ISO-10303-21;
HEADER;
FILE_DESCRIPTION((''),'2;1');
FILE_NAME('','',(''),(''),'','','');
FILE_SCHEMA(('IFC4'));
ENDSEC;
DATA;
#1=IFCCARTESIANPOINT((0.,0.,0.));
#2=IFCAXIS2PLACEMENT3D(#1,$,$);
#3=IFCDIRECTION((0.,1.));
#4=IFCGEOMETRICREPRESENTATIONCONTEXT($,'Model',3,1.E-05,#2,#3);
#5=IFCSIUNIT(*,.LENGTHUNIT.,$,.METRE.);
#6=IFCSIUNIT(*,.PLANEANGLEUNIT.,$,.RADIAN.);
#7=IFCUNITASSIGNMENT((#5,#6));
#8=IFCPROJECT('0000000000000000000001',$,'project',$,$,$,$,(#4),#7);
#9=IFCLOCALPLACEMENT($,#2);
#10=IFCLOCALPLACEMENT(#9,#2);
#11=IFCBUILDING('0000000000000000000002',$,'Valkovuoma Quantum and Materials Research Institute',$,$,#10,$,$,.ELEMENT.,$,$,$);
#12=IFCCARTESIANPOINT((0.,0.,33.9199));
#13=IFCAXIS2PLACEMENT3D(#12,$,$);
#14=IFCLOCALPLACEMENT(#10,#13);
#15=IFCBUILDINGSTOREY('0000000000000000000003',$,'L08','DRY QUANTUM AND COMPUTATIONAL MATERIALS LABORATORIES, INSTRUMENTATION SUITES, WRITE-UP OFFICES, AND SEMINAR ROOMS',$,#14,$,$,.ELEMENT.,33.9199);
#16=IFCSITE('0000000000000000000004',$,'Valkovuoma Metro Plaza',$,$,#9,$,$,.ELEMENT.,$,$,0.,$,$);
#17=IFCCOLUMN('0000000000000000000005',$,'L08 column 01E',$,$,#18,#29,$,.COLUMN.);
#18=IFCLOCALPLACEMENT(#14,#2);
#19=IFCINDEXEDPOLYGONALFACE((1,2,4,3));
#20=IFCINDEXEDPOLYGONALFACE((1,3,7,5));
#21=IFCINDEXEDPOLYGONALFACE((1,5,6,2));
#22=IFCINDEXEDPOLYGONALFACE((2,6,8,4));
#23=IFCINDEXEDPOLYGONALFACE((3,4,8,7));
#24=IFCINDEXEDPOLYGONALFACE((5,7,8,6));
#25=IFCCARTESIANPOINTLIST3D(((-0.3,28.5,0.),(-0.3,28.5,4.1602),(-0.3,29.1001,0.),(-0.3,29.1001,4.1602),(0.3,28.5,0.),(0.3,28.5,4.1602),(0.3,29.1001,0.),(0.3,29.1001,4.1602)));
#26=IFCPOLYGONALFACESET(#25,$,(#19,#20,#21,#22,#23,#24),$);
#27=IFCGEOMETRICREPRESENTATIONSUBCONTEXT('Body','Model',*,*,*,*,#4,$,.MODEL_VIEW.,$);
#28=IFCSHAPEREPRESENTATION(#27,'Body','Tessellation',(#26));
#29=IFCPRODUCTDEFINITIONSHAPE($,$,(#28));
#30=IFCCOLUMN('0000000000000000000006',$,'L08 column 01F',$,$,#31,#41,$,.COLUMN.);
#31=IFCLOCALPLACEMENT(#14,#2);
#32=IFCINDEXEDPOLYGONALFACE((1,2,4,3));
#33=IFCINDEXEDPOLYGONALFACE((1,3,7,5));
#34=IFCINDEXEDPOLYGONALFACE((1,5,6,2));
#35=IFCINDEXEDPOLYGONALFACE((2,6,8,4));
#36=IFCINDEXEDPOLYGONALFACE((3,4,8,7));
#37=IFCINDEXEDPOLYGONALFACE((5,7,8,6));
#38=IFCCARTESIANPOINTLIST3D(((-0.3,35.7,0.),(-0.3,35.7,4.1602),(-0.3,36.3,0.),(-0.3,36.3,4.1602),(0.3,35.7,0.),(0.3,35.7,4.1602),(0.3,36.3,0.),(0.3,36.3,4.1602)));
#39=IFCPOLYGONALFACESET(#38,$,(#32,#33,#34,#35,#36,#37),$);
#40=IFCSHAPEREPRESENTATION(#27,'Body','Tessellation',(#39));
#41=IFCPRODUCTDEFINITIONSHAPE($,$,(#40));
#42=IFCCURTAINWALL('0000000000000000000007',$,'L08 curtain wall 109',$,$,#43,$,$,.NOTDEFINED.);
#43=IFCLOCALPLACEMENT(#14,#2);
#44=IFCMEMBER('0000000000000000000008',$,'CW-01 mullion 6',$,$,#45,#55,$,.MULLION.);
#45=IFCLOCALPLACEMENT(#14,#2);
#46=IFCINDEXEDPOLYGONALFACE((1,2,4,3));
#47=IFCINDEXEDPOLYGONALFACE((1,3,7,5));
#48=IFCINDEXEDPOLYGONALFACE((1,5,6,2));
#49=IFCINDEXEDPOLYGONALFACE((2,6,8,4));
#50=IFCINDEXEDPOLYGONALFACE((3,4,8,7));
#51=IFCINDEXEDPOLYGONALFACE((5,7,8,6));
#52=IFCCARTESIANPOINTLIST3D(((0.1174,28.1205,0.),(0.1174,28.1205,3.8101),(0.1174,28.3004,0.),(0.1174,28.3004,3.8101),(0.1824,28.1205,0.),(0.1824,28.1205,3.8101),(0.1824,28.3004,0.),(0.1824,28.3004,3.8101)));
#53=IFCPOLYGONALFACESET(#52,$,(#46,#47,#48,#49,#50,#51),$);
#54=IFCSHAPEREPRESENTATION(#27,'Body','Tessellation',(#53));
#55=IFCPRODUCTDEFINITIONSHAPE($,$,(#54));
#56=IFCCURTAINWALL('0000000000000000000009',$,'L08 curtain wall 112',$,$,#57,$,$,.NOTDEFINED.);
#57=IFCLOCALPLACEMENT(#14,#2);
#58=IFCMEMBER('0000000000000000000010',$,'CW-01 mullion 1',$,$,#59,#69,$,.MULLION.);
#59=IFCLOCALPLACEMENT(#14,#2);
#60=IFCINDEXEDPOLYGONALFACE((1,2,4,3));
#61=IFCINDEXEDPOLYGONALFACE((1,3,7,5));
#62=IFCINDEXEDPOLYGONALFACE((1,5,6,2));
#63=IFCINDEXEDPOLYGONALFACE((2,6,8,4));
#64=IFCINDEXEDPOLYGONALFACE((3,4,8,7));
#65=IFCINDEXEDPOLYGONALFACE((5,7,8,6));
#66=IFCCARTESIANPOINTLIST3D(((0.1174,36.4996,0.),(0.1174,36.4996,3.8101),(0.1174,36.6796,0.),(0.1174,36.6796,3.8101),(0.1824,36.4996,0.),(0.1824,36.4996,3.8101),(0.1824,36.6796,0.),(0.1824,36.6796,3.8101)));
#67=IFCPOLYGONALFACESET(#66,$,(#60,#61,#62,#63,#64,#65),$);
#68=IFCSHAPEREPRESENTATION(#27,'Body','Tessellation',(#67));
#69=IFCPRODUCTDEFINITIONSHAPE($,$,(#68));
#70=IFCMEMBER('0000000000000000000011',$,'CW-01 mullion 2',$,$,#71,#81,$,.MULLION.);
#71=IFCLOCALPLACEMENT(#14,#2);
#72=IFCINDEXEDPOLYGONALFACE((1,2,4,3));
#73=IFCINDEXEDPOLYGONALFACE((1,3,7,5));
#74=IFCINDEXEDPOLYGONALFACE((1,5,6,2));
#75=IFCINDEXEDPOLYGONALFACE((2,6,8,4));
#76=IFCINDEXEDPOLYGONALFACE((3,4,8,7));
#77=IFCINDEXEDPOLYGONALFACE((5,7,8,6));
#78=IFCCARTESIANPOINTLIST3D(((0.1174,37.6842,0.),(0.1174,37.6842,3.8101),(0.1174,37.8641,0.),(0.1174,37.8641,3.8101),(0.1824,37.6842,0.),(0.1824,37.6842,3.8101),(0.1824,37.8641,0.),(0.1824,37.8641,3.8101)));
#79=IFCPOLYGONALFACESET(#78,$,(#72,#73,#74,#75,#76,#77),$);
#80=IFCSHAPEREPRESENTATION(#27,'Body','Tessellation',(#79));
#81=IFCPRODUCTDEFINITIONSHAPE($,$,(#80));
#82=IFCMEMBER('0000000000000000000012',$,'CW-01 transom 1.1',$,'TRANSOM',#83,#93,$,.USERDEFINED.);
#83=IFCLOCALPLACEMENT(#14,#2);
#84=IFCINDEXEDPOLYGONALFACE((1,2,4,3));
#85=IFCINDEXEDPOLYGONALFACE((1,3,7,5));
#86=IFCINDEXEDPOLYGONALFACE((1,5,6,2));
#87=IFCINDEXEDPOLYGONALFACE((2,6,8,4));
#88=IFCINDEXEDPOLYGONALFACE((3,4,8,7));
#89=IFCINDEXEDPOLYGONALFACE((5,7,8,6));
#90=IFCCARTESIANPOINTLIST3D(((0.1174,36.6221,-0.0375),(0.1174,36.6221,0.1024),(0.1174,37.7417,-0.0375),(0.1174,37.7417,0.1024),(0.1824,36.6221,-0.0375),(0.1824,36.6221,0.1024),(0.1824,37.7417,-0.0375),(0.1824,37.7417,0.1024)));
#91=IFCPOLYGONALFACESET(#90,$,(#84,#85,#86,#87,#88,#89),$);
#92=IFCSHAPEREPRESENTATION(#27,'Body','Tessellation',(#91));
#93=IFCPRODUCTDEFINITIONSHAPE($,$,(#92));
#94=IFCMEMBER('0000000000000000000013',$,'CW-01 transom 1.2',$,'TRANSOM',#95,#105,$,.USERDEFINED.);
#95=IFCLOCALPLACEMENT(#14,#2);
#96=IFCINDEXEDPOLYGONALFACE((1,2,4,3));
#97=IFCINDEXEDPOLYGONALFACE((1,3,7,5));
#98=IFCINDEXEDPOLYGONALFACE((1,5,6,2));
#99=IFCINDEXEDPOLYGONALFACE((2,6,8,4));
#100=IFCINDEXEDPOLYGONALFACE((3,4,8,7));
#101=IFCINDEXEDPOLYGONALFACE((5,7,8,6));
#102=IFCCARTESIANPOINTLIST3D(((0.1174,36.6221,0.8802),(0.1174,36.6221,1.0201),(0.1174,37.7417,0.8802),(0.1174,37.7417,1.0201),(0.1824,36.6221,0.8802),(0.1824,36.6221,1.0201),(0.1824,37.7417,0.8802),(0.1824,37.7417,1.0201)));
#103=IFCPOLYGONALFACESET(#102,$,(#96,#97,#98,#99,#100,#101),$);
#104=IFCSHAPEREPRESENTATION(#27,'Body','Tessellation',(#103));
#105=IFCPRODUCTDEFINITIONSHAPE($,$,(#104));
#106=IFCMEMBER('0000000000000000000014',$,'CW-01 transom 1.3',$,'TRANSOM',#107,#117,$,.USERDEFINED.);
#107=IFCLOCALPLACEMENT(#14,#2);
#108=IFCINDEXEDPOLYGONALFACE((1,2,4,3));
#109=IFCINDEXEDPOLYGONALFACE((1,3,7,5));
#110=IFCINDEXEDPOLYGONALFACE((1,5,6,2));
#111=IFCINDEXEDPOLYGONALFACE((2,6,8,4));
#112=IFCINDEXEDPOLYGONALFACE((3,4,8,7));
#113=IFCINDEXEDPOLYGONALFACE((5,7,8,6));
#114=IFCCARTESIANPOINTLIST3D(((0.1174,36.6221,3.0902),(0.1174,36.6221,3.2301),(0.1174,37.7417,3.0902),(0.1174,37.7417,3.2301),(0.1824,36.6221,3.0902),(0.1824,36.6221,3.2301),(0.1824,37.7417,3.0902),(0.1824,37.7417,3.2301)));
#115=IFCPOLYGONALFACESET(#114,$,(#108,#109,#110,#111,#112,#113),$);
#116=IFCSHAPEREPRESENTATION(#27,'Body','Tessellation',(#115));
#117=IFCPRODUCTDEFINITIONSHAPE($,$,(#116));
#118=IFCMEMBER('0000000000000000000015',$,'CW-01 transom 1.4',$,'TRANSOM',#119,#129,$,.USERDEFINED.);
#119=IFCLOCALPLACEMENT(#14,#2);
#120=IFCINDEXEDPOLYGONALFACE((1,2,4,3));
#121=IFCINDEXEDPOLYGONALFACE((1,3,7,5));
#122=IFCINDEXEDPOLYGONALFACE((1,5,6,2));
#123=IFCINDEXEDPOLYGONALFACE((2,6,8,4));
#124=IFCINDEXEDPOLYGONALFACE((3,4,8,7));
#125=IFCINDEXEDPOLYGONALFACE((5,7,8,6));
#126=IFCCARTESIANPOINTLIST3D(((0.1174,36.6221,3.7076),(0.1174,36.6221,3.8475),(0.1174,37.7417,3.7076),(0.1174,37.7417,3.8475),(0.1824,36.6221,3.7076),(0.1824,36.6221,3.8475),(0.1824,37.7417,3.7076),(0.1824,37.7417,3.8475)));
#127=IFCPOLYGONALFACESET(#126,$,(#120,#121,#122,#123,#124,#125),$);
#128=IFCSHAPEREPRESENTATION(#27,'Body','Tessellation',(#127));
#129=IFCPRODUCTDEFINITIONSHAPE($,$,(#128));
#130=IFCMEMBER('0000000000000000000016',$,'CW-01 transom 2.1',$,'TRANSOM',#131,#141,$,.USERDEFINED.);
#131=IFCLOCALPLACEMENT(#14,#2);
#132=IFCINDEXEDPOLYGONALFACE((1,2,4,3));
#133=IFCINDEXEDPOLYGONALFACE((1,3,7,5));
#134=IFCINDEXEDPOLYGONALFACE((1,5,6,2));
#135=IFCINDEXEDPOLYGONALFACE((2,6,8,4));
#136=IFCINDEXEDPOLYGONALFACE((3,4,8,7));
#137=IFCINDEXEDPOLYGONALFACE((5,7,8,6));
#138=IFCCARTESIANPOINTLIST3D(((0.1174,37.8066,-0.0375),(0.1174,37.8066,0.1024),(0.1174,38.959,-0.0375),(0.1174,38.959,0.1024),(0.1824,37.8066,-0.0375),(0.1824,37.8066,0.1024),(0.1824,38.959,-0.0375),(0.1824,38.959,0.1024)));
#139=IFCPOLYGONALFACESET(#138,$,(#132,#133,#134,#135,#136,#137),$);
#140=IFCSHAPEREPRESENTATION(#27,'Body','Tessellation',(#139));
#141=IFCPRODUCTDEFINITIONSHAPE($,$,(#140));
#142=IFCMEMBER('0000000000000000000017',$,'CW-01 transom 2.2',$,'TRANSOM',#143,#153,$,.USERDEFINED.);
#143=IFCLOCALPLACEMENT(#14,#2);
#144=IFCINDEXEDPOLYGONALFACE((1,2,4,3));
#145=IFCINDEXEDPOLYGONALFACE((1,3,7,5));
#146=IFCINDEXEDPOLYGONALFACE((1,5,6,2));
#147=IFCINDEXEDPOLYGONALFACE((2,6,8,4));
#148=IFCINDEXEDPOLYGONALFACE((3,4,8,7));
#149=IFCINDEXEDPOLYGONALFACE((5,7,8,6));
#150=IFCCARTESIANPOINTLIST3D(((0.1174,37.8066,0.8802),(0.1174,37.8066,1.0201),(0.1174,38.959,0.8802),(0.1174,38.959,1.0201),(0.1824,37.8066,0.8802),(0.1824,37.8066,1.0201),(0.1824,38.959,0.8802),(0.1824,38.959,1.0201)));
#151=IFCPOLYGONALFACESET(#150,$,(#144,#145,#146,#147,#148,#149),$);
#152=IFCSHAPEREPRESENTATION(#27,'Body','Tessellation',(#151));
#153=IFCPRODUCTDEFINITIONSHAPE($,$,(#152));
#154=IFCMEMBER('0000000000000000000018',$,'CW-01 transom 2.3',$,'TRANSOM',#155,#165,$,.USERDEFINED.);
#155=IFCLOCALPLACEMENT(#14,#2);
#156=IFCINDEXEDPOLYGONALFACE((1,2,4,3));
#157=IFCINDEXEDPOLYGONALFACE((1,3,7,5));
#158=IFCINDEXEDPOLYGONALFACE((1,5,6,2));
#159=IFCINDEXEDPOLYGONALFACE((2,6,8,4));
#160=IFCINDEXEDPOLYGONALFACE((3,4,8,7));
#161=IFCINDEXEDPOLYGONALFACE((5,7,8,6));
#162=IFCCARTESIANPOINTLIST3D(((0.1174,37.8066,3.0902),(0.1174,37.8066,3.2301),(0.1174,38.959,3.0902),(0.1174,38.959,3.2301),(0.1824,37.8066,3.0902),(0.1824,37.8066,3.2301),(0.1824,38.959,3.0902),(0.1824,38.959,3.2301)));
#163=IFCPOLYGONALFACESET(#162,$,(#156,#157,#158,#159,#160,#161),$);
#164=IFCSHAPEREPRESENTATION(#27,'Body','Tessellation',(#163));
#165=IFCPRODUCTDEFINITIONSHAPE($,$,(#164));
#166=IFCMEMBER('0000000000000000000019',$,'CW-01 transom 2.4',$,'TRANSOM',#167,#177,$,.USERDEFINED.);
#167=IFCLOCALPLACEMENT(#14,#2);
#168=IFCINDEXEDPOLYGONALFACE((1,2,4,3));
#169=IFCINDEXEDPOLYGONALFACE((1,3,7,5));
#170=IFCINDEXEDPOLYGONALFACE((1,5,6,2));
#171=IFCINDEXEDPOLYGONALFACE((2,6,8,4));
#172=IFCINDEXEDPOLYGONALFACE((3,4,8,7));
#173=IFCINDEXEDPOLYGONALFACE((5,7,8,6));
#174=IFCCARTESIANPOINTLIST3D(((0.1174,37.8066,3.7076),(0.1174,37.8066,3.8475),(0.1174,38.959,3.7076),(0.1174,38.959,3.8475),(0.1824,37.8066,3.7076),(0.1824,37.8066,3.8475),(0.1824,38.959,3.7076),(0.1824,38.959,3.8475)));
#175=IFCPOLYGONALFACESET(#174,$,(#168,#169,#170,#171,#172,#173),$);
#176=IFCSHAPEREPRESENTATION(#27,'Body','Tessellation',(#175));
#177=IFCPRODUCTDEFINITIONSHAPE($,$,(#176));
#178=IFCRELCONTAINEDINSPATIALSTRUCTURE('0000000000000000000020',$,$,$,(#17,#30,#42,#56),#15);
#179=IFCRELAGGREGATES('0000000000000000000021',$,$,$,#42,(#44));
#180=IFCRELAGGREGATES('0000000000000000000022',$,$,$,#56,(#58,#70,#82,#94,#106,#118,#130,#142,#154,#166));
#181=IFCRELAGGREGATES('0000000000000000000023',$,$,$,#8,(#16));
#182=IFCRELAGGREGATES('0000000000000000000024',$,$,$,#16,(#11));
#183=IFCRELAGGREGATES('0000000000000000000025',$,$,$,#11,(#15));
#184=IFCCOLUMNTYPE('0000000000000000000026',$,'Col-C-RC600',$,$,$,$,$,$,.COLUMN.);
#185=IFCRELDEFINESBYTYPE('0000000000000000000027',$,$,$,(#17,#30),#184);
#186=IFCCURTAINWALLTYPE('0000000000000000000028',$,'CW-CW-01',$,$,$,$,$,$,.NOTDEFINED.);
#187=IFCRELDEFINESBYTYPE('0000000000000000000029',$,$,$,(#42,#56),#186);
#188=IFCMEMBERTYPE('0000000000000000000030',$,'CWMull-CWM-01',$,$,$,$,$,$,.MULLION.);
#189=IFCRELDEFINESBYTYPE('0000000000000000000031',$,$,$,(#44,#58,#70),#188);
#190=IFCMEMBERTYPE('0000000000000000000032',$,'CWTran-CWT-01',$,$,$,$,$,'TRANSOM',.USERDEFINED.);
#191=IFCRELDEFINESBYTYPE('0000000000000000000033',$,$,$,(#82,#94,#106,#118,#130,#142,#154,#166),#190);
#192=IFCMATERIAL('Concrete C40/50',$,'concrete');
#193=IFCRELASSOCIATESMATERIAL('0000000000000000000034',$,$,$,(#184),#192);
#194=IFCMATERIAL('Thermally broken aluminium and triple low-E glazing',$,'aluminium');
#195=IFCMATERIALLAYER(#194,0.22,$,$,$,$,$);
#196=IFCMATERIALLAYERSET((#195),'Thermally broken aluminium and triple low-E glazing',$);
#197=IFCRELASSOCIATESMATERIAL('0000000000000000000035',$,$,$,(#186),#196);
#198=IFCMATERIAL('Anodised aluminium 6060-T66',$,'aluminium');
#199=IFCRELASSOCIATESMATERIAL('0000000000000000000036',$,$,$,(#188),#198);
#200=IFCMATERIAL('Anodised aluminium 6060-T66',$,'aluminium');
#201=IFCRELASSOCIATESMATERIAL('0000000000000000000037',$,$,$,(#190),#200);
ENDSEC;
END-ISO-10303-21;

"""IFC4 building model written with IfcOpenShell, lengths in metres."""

from ifc_helpers import new_model, si_unit, direction, frame, origin, origin_2d, place, context, subcontext, project, spatial, rectangle, extrude, material, layer, layer_set, material_profile, profile_set, type_object, element, aggregate, save


model = new_model("IFC4")

# Units and contexts
model_context = context("Model", 3, precision=1e-05, world=origin(), true_north=direction((0.0, 1.0)))
body_context = subcontext(model_context, "Body", "Model", "MODEL_VIEW")
ifc_project = project(units=[si_unit("LENGTHUNIT", "METRE"), si_unit("PLANEANGLEUNIT", "RADIAN")], contexts=[model_context])

# Site, building, storey
site_placement = place(None, origin())
site = spatial("IfcSite", under=ifc_project, at=site_placement, Name="Valkovuoma Metro Plaza", CompositionType="ELEMENT", RefElevation=0.0)
building_placement = place(site_placement, origin())
building = spatial("IfcBuilding", under=site, at=building_placement, Name="Valkovuoma Quantum and Materials Research Institute", CompositionType="ELEMENT")
storey_placement = place(building_placement, frame((0.0, 0.0, 33.9199)))
storey = spatial("IfcBuildingStorey", under=building, at=storey_placement, Name="L08", Description="DRY QUANTUM AND COMPUTATIONAL MATERIALS LABORATORIES, INSTRUMENTATION SUITES, WRITE-UP OFFICES, AND SEMINAR ROOMS", CompositionType="ELEMENT", Elevation=33.9199)

# Columns
ifc_material_1 = material(Name="Concrete C40/50", Category="concrete")
ifc_material_profile_1 = material_profile(ifc_material_1, rectangle(XDim=0.6001, YDim=0.6001, at=origin_2d()), Name="Concrete C40/50")
ifc_profile_set_1 = profile_set([ifc_material_profile_1], Name="Concrete C40/50")
column_type = type_object("IfcColumnType", Name="Col-C-RC600", PredefinedType="COLUMN", material=ifc_profile_set_1)
for number, where, z_axis, x_axis, name in (
    (1, (0.0, 28.8, 0.0), (0.0, 0.0, 1.0), (1.0, 0.0, 0.0), "L08 column 01E"),
    (2, (0.0, 36.0, 0.0), (0.0, 0.0, 1.0), (1.0, 0.0, 0.0), "L08 column 01F"),
):
    element("IfcColumn", number, at=place(storey_placement, frame(where, z_axis=z_axis, x_axis=x_axis)), inside=storey, type_object=column_type, Name=name, PredefinedType="COLUMN", context=body_context, shape_type="SweptSolid", body=[
        extrude(rectangle(XDim=0.6001, YDim=0.6001, at=origin_2d()), origin(), (0.0, 0.0, 1.0), 4.1602),
    ])

# Curtain wall, member
ifc_material_2 = material(Name="Thermally broken aluminium and triple low-E glazing", Category="aluminium")
ifc_layer_1 = layer(ifc_material_2, 0.22)
ifc_layer_set_1 = layer_set([ifc_layer_1], Name="Thermally broken aluminium and triple low-E glazing")
curtain_wall_type = type_object("IfcCurtainWallType", Name="CW-CW-01", PredefinedType="NOTDEFINED", material=ifc_layer_set_1)
curtain_wall_1_placement = place(storey_placement, origin())
curtain_wall_1 = element("IfcCurtainWall", 3, at=curtain_wall_1_placement, inside=storey, type_object=curtain_wall_type, Name="L08 curtain wall 109", PredefinedType="NOTDEFINED")
ifc_material_3 = material(Name="Anodised aluminium 6060-T66", Category="aluminium")
ifc_material_profile_2 = material_profile(ifc_material_3, rectangle(XDim=0.0649, YDim=0.1799, at=origin_2d()), Name="Anodised aluminium 6060-T66")
ifc_profile_set_2 = profile_set([ifc_material_profile_2], Name="Anodised aluminium 6060-T66")
member_type_1 = type_object("IfcMemberType", Name="CWMull-CWM-01", PredefinedType="MULLION", material=ifc_profile_set_2)
member_1_placement = place(storey_placement, frame((0.1499, 28.2104, 0.0), z_axis=(0.0, 0.0, 1.0), x_axis=(-1.0, 0.0, 0.0)))
member_1 = element("IfcMember", 4, at=member_1_placement, type_object=member_type_1, Name="CW-01 mullion 6", PredefinedType="MULLION", context=body_context, shape_type="SweptSolid", body=[
    extrude(rectangle(XDim=0.0649, YDim=0.1799, at=origin_2d()), origin(), (0.0, 0.0, 1.0), 3.8101),
])

# Curtain wall, members
curtain_wall_2_placement = place(storey_placement, origin())
curtain_wall_2 = element("IfcCurtainWall", 5, at=curtain_wall_2_placement, inside=storey, type_object=curtain_wall_type, Name="L08 curtain wall 112", PredefinedType="NOTDEFINED")
member_2_placement = place(storey_placement, frame((0.1499, 36.5896, 0.0), z_axis=(0.0, 0.0, 1.0), x_axis=(-1.0, 0.0, 0.0)))
member_2 = element("IfcMember", 6, at=member_2_placement, type_object=member_type_1, Name="CW-01 mullion 1", PredefinedType="MULLION", context=body_context, shape_type="SweptSolid", body=[
    extrude(rectangle(XDim=0.0649, YDim=0.1799, at=origin_2d()), origin(), (0.0, 0.0, 1.0), 3.8101),
])
member_3_placement = place(storey_placement, frame((0.1499, 37.7742, 0.0), z_axis=(0.0, 0.0, 1.0), x_axis=(-1.0, 0.0, 0.0)))
member_3 = element("IfcMember", 7, at=member_3_placement, type_object=member_type_1, Name="CW-01 mullion 2", PredefinedType="MULLION", context=body_context, shape_type="SweptSolid", body=[
    extrude(rectangle(XDim=0.0649, YDim=0.1799, at=origin_2d()), origin(), (0.0, 0.0, 1.0), 3.8101),
])
ifc_material_4 = material(Name="Anodised aluminium 6060-T66", Category="aluminium")
ifc_material_profile_3 = material_profile(ifc_material_4, rectangle(XDim=0.0649, YDim=0.1399, at=origin_2d()), Name="Anodised aluminium 6060-T66")
ifc_profile_set_3 = profile_set([ifc_material_profile_3], Name="Anodised aluminium 6060-T66")
member_type_2 = type_object("IfcMemberType", Name="CWTran-CWT-01", ElementType="TRANSOM", PredefinedType="USERDEFINED", material=ifc_profile_set_3)
member_4_placement = place(storey_placement, frame((0.1499, 36.6221, 0.0325), z_axis=(0.0, 1.0, 0.0), x_axis=(-1.0, 0.0, 0.0)))
member_4 = element("IfcMember", 8, at=member_4_placement, type_object=member_type_2, Name="CW-01 transom 1.1", ObjectType="TRANSOM", PredefinedType="USERDEFINED", context=body_context, shape_type="SweptSolid", body=[
    extrude(rectangle(XDim=0.0649, YDim=0.1399, at=origin_2d()), origin(), (0.0, 0.0, 1.0), 1.1196),
])
member_5_placement = place(storey_placement, frame((0.1499, 36.6221, 0.9502), z_axis=(0.0, 1.0, 0.0), x_axis=(-1.0, 0.0, 0.0)))
member_5 = element("IfcMember", 9, at=member_5_placement, type_object=member_type_2, Name="CW-01 transom 1.2", ObjectType="TRANSOM", PredefinedType="USERDEFINED", context=body_context, shape_type="SweptSolid", body=[
    extrude(rectangle(XDim=0.0649, YDim=0.1399, at=origin_2d()), origin(), (0.0, 0.0, 1.0), 1.1196),
])
member_6_placement = place(storey_placement, frame((0.1499, 36.6221, 3.1602), z_axis=(0.0, 1.0, 0.0), x_axis=(-1.0, 0.0, 0.0)))
member_6 = element("IfcMember", 10, at=member_6_placement, type_object=member_type_2, Name="CW-01 transom 1.3", ObjectType="TRANSOM", PredefinedType="USERDEFINED", context=body_context, shape_type="SweptSolid", body=[
    extrude(rectangle(XDim=0.0649, YDim=0.1399, at=origin_2d()), origin(), (0.0, 0.0, 1.0), 1.1196),
])
member_7_placement = place(storey_placement, frame((0.1499, 36.6221, 3.7776), z_axis=(0.0, 1.0, 0.0), x_axis=(-1.0, 0.0, 0.0)))
member_7 = element("IfcMember", 11, at=member_7_placement, type_object=member_type_2, Name="CW-01 transom 1.4", ObjectType="TRANSOM", PredefinedType="USERDEFINED", context=body_context, shape_type="SweptSolid", body=[
    extrude(rectangle(XDim=0.0649, YDim=0.1399, at=origin_2d()), origin(), (0.0, 0.0, 1.0), 1.1196),
])
member_8_placement = place(storey_placement, frame((0.1499, 37.8066, 0.0325), z_axis=(0.0, 1.0, 0.0), x_axis=(-1.0, 0.0, 0.0)))
member_8 = element("IfcMember", 12, at=member_8_placement, type_object=member_type_2, Name="CW-01 transom 2.1", ObjectType="TRANSOM", PredefinedType="USERDEFINED", context=body_context, shape_type="SweptSolid", body=[
    extrude(rectangle(XDim=0.0649, YDim=0.1399, at=origin_2d()), origin(), (0.0, 0.0, 1.0), 1.1523),
])
member_9_placement = place(storey_placement, frame((0.1499, 37.8066, 0.9502), z_axis=(0.0, 1.0, 0.0), x_axis=(-1.0, 0.0, 0.0)))
member_9 = element("IfcMember", 13, at=member_9_placement, type_object=member_type_2, Name="CW-01 transom 2.2", ObjectType="TRANSOM", PredefinedType="USERDEFINED", context=body_context, shape_type="SweptSolid", body=[
    extrude(rectangle(XDim=0.0649, YDim=0.1399, at=origin_2d()), origin(), (0.0, 0.0, 1.0), 1.1523),
])
member_10_placement = place(storey_placement, frame((0.1499, 37.8066, 3.1602), z_axis=(0.0, 1.0, 0.0), x_axis=(-1.0, 0.0, 0.0)))
member_10 = element("IfcMember", 14, at=member_10_placement, type_object=member_type_2, Name="CW-01 transom 2.3", ObjectType="TRANSOM", PredefinedType="USERDEFINED", context=body_context, shape_type="SweptSolid", body=[
    extrude(rectangle(XDim=0.0649, YDim=0.1399, at=origin_2d()), origin(), (0.0, 0.0, 1.0), 1.1523),
])
member_11_placement = place(storey_placement, frame((0.1499, 37.8066, 3.7776), z_axis=(0.0, 1.0, 0.0), x_axis=(-1.0, 0.0, 0.0)))
member_11 = element("IfcMember", 15, at=member_11_placement, type_object=member_type_2, Name="CW-01 transom 2.4", ObjectType="TRANSOM", PredefinedType="USERDEFINED", context=body_context, shape_type="SweptSolid", body=[
    extrude(rectangle(XDim=0.0649, YDim=0.1399, at=origin_2d()), origin(), (0.0, 0.0, 1.0), 1.1523),
])

aggregate(curtain_wall_1, [member_1])
aggregate(curtain_wall_2, [member_2, member_3, member_4, member_5, member_6, member_7, member_8, member_9, member_10, member_11])

save(model, "model.ifc")
